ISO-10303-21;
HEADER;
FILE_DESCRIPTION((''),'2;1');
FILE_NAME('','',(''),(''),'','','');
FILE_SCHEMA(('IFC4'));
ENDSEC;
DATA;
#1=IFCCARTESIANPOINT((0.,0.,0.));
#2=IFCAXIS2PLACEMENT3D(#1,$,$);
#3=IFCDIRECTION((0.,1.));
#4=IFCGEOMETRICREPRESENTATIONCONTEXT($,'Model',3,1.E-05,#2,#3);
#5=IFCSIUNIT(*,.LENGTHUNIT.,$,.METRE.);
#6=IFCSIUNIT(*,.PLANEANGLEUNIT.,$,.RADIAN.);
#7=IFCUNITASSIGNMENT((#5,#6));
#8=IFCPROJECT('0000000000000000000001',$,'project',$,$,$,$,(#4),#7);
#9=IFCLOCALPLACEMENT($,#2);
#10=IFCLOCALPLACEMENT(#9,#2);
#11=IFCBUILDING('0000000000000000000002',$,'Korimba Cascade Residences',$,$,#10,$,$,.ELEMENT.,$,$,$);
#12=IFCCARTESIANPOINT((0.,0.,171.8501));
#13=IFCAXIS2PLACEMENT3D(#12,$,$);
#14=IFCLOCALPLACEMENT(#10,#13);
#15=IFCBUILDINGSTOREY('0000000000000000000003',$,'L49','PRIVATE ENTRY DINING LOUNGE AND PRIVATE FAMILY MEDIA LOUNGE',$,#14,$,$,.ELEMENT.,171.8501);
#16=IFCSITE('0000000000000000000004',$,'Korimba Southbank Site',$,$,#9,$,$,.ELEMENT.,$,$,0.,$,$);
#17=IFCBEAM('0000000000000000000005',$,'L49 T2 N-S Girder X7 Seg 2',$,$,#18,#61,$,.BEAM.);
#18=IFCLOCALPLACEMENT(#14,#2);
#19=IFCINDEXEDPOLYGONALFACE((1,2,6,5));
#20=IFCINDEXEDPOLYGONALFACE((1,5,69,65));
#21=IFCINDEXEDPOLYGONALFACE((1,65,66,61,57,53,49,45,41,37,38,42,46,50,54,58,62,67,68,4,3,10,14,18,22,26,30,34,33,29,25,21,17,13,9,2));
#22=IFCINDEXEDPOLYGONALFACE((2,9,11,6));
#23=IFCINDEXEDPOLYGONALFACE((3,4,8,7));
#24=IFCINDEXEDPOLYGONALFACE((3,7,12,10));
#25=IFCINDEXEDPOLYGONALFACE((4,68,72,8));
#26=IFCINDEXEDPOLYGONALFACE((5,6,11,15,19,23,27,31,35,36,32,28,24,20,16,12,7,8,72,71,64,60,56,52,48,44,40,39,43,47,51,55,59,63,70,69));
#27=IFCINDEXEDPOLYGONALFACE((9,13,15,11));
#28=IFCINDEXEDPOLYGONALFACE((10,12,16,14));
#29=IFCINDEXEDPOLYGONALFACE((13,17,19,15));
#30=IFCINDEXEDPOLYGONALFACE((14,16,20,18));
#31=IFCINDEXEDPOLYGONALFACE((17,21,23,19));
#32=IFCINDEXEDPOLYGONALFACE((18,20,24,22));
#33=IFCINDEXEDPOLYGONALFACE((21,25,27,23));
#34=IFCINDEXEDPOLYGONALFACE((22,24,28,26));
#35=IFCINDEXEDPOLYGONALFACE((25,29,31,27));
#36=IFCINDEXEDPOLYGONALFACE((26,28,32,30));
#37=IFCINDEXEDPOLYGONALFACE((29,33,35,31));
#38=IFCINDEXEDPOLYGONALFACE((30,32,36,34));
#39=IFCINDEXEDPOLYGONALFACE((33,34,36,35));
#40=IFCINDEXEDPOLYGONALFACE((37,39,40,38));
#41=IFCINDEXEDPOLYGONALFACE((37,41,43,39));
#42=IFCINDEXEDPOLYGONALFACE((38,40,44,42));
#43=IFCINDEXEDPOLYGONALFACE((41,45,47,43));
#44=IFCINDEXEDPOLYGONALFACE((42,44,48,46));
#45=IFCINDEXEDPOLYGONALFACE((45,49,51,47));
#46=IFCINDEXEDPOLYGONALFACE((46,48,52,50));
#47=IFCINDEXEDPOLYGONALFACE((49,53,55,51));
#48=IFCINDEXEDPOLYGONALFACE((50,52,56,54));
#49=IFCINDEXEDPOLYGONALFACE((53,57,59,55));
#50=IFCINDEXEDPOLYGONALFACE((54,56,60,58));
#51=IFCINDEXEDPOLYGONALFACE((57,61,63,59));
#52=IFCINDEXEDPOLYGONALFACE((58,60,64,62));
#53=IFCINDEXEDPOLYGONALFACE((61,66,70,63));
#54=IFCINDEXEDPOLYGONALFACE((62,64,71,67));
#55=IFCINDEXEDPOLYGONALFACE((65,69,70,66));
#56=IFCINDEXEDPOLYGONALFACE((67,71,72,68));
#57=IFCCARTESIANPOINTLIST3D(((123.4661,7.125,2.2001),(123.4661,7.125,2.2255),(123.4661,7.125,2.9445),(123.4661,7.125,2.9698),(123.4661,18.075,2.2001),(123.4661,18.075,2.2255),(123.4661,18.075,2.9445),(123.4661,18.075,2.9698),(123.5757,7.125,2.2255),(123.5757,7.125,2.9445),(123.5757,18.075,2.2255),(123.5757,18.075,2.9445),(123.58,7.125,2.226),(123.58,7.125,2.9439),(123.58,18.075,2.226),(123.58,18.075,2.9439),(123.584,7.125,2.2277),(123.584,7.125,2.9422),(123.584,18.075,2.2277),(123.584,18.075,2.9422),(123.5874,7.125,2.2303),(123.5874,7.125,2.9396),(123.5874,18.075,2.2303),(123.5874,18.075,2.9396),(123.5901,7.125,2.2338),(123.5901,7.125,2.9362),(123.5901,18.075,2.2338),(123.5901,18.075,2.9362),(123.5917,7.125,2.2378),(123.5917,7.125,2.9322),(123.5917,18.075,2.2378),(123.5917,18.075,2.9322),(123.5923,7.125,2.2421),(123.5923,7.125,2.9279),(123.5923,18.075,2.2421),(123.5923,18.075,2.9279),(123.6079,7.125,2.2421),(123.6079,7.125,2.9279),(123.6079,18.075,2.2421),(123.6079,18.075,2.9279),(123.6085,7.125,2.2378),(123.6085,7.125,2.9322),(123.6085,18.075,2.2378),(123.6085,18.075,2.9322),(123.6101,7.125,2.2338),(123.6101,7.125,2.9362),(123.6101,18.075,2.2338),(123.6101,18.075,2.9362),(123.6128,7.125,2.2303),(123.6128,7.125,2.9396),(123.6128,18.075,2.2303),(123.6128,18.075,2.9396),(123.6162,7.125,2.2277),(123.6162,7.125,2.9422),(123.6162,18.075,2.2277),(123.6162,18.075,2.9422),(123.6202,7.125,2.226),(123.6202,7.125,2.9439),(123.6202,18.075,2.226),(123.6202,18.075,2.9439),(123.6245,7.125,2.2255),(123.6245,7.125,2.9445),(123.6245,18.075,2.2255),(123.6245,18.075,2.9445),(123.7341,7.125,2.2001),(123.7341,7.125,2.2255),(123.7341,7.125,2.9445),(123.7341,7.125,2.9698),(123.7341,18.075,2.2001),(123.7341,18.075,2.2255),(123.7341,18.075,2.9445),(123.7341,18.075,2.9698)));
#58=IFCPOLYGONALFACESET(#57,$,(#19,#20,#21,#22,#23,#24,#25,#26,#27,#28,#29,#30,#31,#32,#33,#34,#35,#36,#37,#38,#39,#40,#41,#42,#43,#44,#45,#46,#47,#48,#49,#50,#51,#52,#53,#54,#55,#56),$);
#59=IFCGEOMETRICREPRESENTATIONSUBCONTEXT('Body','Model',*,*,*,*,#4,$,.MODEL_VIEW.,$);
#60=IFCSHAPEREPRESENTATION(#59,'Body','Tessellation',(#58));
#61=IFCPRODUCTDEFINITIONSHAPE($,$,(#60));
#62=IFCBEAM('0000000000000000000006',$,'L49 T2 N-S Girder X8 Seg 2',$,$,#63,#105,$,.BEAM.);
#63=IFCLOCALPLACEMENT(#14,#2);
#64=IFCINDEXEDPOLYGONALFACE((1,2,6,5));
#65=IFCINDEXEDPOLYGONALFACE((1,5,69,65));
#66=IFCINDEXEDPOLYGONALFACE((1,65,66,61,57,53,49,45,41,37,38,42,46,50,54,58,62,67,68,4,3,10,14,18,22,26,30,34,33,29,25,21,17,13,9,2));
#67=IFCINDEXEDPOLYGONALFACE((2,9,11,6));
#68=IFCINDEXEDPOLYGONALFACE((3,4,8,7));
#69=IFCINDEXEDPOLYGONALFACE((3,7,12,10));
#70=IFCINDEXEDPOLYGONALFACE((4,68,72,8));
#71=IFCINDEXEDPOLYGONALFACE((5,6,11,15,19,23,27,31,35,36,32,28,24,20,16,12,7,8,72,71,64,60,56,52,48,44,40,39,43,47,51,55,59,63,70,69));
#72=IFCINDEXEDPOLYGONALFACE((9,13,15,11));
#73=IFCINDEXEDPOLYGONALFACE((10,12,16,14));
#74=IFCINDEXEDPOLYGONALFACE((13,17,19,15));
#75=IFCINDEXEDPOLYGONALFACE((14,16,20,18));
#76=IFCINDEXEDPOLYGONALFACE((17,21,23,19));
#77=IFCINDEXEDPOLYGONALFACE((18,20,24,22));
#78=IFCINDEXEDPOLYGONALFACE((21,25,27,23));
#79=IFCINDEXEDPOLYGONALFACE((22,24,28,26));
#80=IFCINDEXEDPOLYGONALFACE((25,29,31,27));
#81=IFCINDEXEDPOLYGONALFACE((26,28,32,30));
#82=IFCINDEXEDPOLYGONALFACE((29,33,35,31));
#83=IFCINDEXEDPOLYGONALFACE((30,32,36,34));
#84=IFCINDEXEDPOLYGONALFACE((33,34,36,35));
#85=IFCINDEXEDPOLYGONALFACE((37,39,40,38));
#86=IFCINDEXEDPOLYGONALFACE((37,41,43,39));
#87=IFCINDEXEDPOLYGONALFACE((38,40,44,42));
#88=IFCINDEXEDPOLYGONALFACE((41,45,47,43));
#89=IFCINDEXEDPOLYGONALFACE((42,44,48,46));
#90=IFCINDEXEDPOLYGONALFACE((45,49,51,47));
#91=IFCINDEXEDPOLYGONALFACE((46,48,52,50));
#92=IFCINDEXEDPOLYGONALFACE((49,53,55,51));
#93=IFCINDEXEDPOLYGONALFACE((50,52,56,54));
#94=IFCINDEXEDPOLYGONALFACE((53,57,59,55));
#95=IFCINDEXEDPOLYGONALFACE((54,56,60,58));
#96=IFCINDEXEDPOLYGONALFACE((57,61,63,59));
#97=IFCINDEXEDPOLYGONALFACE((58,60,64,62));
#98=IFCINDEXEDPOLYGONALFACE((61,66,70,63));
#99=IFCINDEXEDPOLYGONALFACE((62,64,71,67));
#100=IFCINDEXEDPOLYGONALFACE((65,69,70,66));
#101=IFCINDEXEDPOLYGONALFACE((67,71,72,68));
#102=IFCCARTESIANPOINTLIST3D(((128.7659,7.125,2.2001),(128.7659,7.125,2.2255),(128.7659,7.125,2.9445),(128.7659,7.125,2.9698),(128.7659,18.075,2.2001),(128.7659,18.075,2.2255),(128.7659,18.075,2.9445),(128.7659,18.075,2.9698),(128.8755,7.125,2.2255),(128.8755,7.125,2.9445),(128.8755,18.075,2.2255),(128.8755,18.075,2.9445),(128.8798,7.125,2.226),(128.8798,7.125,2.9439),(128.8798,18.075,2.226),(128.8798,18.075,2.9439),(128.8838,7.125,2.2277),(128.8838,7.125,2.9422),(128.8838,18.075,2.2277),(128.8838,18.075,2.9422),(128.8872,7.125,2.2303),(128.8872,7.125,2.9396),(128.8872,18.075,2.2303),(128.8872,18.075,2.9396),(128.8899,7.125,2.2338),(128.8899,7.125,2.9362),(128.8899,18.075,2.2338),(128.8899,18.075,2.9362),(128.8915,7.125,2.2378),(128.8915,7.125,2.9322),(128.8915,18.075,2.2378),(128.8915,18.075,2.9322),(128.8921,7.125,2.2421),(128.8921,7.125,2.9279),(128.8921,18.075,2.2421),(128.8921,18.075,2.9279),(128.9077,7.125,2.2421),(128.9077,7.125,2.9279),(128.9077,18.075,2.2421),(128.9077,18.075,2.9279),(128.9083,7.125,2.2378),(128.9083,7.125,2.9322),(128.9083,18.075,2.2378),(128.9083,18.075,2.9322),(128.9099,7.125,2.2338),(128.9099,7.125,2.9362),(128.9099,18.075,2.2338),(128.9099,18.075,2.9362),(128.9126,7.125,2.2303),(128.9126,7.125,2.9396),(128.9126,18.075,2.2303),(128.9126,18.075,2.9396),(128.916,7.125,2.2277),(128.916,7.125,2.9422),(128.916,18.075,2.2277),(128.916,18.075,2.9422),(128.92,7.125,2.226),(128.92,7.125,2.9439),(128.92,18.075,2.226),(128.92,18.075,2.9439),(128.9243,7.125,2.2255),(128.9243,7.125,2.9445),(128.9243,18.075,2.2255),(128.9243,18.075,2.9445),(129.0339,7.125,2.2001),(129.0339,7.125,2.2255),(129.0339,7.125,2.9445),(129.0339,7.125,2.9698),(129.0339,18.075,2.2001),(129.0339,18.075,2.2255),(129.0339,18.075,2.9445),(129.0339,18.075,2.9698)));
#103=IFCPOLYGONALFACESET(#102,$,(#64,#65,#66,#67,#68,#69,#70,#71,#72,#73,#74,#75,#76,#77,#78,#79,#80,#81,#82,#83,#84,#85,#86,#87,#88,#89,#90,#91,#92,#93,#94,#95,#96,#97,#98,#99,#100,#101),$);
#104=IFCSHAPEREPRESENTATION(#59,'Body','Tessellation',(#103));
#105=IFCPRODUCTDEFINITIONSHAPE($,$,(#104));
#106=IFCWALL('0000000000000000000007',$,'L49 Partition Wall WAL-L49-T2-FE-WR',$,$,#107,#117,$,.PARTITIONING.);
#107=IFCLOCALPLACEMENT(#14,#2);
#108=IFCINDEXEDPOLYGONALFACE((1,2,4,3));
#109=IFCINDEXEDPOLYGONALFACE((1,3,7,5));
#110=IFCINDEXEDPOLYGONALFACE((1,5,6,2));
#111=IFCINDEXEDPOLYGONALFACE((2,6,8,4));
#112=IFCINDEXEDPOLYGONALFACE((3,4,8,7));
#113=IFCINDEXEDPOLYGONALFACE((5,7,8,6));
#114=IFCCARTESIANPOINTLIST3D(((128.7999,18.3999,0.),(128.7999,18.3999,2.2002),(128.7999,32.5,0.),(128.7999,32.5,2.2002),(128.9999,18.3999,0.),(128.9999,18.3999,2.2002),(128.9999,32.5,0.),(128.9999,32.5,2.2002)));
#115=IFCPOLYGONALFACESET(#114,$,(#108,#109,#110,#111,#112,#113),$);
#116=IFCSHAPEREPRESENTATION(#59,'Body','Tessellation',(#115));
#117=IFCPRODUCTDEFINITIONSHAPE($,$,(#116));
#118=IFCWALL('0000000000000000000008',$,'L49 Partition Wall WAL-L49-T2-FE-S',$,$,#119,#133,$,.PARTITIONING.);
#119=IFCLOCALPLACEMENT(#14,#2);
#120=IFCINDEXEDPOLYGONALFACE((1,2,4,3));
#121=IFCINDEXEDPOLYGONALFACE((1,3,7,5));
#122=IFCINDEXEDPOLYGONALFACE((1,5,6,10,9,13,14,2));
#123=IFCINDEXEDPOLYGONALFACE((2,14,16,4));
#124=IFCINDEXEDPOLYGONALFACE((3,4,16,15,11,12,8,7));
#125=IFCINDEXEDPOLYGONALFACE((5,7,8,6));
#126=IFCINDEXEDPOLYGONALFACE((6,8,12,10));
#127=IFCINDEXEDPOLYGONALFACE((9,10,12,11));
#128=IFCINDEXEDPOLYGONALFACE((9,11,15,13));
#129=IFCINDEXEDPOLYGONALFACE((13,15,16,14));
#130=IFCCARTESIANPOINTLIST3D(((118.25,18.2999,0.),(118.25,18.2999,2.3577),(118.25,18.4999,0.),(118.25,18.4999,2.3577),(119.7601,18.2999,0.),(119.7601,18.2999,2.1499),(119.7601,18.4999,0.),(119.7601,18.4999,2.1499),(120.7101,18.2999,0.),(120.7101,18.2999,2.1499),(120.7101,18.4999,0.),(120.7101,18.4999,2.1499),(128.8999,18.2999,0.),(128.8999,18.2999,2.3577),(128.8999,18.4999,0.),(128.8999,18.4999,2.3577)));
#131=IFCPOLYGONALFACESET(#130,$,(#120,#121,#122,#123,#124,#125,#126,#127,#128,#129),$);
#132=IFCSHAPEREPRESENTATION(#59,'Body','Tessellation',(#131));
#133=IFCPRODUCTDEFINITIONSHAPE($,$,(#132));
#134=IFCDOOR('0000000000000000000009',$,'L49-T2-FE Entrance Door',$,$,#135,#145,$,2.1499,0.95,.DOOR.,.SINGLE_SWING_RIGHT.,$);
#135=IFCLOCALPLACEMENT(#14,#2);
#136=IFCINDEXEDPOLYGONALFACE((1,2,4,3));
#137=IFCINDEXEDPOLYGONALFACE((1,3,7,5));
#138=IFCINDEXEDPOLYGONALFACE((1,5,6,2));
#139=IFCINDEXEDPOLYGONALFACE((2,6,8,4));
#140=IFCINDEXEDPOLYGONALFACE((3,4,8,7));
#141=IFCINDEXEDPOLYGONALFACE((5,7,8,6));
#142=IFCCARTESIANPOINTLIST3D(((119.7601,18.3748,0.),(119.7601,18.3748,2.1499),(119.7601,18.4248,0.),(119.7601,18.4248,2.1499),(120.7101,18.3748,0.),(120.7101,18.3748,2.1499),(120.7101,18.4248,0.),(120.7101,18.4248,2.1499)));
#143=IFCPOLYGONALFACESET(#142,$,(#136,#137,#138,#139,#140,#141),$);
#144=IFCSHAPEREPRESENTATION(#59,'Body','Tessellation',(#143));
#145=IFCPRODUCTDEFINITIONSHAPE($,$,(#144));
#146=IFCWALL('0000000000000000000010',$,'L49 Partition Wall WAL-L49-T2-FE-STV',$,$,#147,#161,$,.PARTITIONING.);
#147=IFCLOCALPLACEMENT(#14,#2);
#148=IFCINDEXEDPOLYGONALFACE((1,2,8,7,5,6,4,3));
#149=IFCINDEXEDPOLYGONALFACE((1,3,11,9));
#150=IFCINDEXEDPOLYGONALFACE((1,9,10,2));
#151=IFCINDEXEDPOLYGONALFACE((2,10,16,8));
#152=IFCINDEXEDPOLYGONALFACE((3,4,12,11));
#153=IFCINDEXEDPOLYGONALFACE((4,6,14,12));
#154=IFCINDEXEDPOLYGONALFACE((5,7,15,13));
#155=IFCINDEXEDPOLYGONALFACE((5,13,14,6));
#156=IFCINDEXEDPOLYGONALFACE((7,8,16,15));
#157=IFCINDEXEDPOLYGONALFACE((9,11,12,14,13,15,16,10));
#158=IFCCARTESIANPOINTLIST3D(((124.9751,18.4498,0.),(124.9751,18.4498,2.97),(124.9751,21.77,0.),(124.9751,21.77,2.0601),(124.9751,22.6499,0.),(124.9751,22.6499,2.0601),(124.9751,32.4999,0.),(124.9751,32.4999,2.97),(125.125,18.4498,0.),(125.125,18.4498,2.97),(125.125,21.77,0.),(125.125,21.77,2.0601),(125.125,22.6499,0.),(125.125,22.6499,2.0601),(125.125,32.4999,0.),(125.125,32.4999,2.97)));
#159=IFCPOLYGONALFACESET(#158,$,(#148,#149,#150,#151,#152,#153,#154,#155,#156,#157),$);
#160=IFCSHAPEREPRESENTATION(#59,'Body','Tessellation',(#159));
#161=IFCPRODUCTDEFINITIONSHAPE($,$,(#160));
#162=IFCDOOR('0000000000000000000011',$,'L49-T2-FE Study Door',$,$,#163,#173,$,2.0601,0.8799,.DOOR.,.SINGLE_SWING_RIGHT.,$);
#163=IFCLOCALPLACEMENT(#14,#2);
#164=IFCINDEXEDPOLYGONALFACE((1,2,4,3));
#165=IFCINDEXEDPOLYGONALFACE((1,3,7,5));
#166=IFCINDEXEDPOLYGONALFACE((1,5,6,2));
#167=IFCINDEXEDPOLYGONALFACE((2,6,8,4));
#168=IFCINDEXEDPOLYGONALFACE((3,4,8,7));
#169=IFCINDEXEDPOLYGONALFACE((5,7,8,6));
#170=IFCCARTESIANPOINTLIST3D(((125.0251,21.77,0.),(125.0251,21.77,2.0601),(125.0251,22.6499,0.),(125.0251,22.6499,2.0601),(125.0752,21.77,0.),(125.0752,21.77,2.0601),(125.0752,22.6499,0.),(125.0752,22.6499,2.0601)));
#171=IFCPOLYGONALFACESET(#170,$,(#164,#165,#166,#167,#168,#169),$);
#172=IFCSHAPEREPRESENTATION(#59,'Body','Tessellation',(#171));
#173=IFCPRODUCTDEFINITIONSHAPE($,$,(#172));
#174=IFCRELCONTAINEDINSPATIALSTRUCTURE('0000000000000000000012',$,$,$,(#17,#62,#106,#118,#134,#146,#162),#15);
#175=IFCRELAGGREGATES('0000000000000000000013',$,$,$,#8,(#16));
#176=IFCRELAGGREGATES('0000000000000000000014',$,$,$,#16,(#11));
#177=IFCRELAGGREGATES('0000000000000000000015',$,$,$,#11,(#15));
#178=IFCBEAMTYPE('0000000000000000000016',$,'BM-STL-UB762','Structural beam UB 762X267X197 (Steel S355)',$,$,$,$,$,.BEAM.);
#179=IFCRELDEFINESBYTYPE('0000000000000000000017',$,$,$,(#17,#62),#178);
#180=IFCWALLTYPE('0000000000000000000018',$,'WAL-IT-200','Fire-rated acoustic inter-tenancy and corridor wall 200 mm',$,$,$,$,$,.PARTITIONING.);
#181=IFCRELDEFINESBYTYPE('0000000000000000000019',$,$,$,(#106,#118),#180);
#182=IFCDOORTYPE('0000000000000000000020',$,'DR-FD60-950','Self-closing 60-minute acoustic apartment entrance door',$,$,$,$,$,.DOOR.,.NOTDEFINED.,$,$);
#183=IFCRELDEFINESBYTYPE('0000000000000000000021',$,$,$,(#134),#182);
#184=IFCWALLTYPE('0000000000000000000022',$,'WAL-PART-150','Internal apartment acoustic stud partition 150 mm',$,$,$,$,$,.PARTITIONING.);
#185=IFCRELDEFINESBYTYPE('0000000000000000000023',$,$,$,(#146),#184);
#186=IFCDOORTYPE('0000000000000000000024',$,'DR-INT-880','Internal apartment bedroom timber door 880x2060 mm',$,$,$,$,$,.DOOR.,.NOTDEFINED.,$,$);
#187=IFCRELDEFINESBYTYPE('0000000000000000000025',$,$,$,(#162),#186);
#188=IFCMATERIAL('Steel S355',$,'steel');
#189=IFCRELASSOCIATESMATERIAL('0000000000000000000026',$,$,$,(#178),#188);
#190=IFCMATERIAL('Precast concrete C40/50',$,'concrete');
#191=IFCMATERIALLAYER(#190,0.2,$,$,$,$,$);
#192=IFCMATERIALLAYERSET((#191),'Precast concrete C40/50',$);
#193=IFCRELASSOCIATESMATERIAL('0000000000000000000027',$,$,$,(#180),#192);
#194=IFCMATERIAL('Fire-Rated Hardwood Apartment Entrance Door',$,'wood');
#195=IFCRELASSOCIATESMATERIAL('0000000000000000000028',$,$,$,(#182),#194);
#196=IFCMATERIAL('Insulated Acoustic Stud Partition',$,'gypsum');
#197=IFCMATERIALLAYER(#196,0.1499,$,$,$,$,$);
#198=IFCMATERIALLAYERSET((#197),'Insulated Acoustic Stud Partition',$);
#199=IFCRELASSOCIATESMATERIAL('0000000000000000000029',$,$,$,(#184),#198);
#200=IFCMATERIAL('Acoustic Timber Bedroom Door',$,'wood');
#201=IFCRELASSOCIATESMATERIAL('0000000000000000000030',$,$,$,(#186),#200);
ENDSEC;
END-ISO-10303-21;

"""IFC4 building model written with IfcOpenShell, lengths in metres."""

from ifc_helpers import new_model, si_unit, direction, frame, frame_2d, origin, origin_2d, place, context, subcontext, project, spatial, rectangle, i_section, extrude, material, layer, layer_set, material_profile, profile_set, type_object, element, fill, save


model = new_model("IFC4")

# Units and contexts
model_context = context("Model", 3, precision=1e-05, world=origin(), true_north=direction((0.0, 1.0)))
body_context = subcontext(model_context, "Body", "Model", "MODEL_VIEW")
ifc_project = project(units=[si_unit("LENGTHUNIT", "METRE"), si_unit("PLANEANGLEUNIT", "RADIAN")], contexts=[model_context])

# Site, building, storey
site_placement = place(None, origin())
site = spatial("IfcSite", under=ifc_project, at=site_placement, Name="Korimba Southbank Site", CompositionType="ELEMENT", RefElevation=0.0)
building_placement = place(site_placement, origin())
building = spatial("IfcBuilding", under=site, at=building_placement, Name="Korimba Cascade Residences", CompositionType="ELEMENT")
storey_placement = place(building_placement, frame((0.0, 0.0, 171.8501)))
storey = spatial("IfcBuildingStorey", under=building, at=storey_placement, Name="L49", Description="PRIVATE ENTRY DINING LOUNGE AND PRIVATE FAMILY MEDIA LOUNGE", CompositionType="ELEMENT", Elevation=171.8501)

# Beams
ifc_material_1 = material(Name="Steel S355", Category="steel")
ifc_material_profile_1 = material_profile(ifc_material_1, i_section(OverallWidth=0.2681, OverallDepth=0.7698, WebThickness=0.0156, FlangeThickness=0.0254, FilletRadius=0.0166, at=origin_2d()), Name="Steel S355")
ifc_profile_set_1 = profile_set([ifc_material_profile_1], Name="Steel S355")
beam_type_1 = type_object("IfcBeamType", Name="BM-STL-UB762", Description="Structural beam UB 762X267X197 (Steel S355)", PredefinedType="BEAM", material=ifc_profile_set_1)
for number, where, z_axis, x_axis, name in (
    (1, (123.6001, 7.125, 2.585), (0.0, 1.0, 0.0), (-1.0, 0.0, 0.0), "L49 T2 N-S Girder X7 Seg 2"),
    (2, (128.8999, 7.125, 2.585), (0.0, 1.0, 0.0), (-1.0, 0.0, 0.0), "L49 T2 N-S Girder X8 Seg 2"),
):
    element("IfcBeam", number, at=place(storey_placement, frame(where, z_axis=z_axis, x_axis=x_axis)), inside=storey, type_object=beam_type_1, Name=name, PredefinedType="BEAM", context=body_context, shape_type="SweptSolid", body=[
        extrude(i_section(OverallWidth=0.2681, OverallDepth=0.7698, WebThickness=0.0156, FlangeThickness=0.0254, FilletRadius=0.0166, at=origin_2d()), origin(), (0.0, 0.0, 1.0), 10.95),
    ])

# Wall
ifc_material_2 = material(Name="Precast concrete C40/50", Category="concrete")
ifc_layer_1 = layer(ifc_material_2, 0.2)
ifc_layer_set_1 = layer_set([ifc_layer_1], Name="Precast concrete C40/50")
wall_type_1 = type_object("IfcWallType", Name="WAL-IT-200", Description="Fire-rated acoustic inter-tenancy and corridor wall 200 mm", PredefinedType="PARTITIONING", material=ifc_layer_set_1)
wall_1_placement = place(storey_placement, frame((128.8999, 18.3999, 0.0), z_axis=(0.0, 0.0, 1.0), x_axis=(0.0, 1.0, 0.0)))
element("IfcWall", 3, at=wall_1_placement, inside=storey, type_object=wall_type_1, Name="L49 Partition Wall WAL-L49-T2-FE-WR", PredefinedType="PARTITIONING", context=body_context, shape_type="SweptSolid", body=[
    extrude(rectangle(XDim=14.1001, YDim=0.2, at=frame_2d((7.05, 0.0))), origin(), (0.0, 0.0, 1.0), 2.2002),
])

# Walls, openings, doors
wall_2_placement = place(storey_placement, frame((118.25, 18.3999, 0.0), z_axis=(0.0, 0.0, 1.0), x_axis=(1.0, 0.0, 0.0)))
wall_2 = element("IfcWall", 4, at=wall_2_placement, inside=storey, type_object=wall_type_1, Name="L49 Partition Wall WAL-L49-T2-FE-S", PredefinedType="PARTITIONING", context=body_context, shape_type="SweptSolid", body=[
    extrude(rectangle(XDim=10.6499, YDim=0.2, at=frame_2d((5.325, 0.0))), origin(), (0.0, 0.0, 1.0), 2.3577),
])
opening_1_placement = place(wall_2_placement, frame((1.51, 0.0, 0.0)))
opening_1 = element("IfcOpeningElement", 5, at=opening_1_placement, cuts=wall_2, PredefinedType="OPENING", context=body_context, shape_type="SweptSolid", body=[
    extrude(rectangle(XDim=0.95, YDim=2.1499, at=frame_2d((0.4751, 1.075))), frame((0.0, 0.1099, 0.0), z_axis=(0.0, -1.0, 0.0), x_axis=(1.0, 0.0, 0.0)), (0.0, 0.0, 1.0), 0.22),
])
ifc_material_3 = material(Name="Fire-Rated Hardwood Apartment Entrance Door", Category="wood")
door_type_1 = type_object("IfcDoorType", Name="DR-FD60-950", Description="Self-closing 60-minute acoustic apartment entrance door", OperationType="NOTDEFINED", PredefinedType="DOOR", material=ifc_material_3)
door_1_placement = place(opening_1_placement, origin())
door_1 = element("IfcDoor", 6, at=door_1_placement, inside=storey, type_object=door_type_1, Name="L49-T2-FE Entrance Door", OperationType="SINGLE_SWING_RIGHT", OverallHeight=2.1499, OverallWidth=0.95, PredefinedType="DOOR", context=body_context, shape_type="SweptSolid", body=[
    extrude(rectangle(XDim=0.95, YDim=2.1499, at=frame_2d((0.4751, 1.075))), frame((0.0, 0.0249, 0.0), z_axis=(0.0, -1.0, 0.0), x_axis=(1.0, 0.0, 0.0)), (0.0, 0.0, 1.0), 0.05),
])
fill(opening_1, door_1)
ifc_material_4 = material(Name="Insulated Acoustic Stud Partition", Category="gypsum")
ifc_layer_2 = layer(ifc_material_4, 0.1499)
ifc_layer_set_2 = layer_set([ifc_layer_2], Name="Insulated Acoustic Stud Partition")
wall_type_2 = type_object("IfcWallType", Name="WAL-PART-150", Description="Internal apartment acoustic stud partition 150 mm", PredefinedType="PARTITIONING", material=ifc_layer_set_2)
wall_3_placement = place(storey_placement, frame((125.05, 18.45, 0.0), z_axis=(0.0, 0.0, 1.0), x_axis=(0.0, 1.0, 0.0)))
wall_3 = element("IfcWall", 7, at=wall_3_placement, inside=storey, type_object=wall_type_2, Name="L49 Partition Wall WAL-L49-T2-FE-STV", PredefinedType="PARTITIONING", context=body_context, shape_type="SweptSolid", body=[
    extrude(rectangle(XDim=14.05, YDim=0.1499, at=frame_2d((7.0249, 0.0))), origin(), (0.0, 0.0, 1.0), 2.97),
])
opening_2_placement = place(wall_3_placement, frame((3.3201, 0.0, 0.0)))
opening_2 = element("IfcOpeningElement", 8, at=opening_2_placement, cuts=wall_3, PredefinedType="OPENING", context=body_context, shape_type="SweptSolid", body=[
    extrude(rectangle(XDim=0.8799, YDim=2.0601, at=frame_2d((0.4399, 1.03))), frame((0.0, 0.085, 0.0), z_axis=(0.0, -1.0, 0.0), x_axis=(1.0, 0.0, 0.0)), (0.0, 0.0, 1.0), 0.1699),
])
ifc_material_5 = material(Name="Acoustic Timber Bedroom Door", Category="wood")
door_type_2 = type_object("IfcDoorType", Name="DR-INT-880", Description="Internal apartment bedroom timber door 880x2060 mm", OperationType="NOTDEFINED", PredefinedType="DOOR", material=ifc_material_5)
door_2_placement = place(opening_2_placement, origin())
door_2 = element("IfcDoor", 9, at=door_2_placement, inside=storey, type_object=door_type_2, Name="L49-T2-FE Study Door", OperationType="SINGLE_SWING_RIGHT", OverallHeight=2.0601, OverallWidth=0.8799, PredefinedType="DOOR", context=body_context, shape_type="SweptSolid", body=[
    extrude(rectangle(XDim=0.8799, YDim=2.0601, at=frame_2d((0.4399, 1.03))), frame((0.0, 0.0249, 0.0), z_axis=(0.0, -1.0, 0.0), x_axis=(1.0, 0.0, 0.0)), (0.0, 0.0, 1.0), 0.05),
])
fill(opening_2, door_2)

save(model, "model.ifc")
